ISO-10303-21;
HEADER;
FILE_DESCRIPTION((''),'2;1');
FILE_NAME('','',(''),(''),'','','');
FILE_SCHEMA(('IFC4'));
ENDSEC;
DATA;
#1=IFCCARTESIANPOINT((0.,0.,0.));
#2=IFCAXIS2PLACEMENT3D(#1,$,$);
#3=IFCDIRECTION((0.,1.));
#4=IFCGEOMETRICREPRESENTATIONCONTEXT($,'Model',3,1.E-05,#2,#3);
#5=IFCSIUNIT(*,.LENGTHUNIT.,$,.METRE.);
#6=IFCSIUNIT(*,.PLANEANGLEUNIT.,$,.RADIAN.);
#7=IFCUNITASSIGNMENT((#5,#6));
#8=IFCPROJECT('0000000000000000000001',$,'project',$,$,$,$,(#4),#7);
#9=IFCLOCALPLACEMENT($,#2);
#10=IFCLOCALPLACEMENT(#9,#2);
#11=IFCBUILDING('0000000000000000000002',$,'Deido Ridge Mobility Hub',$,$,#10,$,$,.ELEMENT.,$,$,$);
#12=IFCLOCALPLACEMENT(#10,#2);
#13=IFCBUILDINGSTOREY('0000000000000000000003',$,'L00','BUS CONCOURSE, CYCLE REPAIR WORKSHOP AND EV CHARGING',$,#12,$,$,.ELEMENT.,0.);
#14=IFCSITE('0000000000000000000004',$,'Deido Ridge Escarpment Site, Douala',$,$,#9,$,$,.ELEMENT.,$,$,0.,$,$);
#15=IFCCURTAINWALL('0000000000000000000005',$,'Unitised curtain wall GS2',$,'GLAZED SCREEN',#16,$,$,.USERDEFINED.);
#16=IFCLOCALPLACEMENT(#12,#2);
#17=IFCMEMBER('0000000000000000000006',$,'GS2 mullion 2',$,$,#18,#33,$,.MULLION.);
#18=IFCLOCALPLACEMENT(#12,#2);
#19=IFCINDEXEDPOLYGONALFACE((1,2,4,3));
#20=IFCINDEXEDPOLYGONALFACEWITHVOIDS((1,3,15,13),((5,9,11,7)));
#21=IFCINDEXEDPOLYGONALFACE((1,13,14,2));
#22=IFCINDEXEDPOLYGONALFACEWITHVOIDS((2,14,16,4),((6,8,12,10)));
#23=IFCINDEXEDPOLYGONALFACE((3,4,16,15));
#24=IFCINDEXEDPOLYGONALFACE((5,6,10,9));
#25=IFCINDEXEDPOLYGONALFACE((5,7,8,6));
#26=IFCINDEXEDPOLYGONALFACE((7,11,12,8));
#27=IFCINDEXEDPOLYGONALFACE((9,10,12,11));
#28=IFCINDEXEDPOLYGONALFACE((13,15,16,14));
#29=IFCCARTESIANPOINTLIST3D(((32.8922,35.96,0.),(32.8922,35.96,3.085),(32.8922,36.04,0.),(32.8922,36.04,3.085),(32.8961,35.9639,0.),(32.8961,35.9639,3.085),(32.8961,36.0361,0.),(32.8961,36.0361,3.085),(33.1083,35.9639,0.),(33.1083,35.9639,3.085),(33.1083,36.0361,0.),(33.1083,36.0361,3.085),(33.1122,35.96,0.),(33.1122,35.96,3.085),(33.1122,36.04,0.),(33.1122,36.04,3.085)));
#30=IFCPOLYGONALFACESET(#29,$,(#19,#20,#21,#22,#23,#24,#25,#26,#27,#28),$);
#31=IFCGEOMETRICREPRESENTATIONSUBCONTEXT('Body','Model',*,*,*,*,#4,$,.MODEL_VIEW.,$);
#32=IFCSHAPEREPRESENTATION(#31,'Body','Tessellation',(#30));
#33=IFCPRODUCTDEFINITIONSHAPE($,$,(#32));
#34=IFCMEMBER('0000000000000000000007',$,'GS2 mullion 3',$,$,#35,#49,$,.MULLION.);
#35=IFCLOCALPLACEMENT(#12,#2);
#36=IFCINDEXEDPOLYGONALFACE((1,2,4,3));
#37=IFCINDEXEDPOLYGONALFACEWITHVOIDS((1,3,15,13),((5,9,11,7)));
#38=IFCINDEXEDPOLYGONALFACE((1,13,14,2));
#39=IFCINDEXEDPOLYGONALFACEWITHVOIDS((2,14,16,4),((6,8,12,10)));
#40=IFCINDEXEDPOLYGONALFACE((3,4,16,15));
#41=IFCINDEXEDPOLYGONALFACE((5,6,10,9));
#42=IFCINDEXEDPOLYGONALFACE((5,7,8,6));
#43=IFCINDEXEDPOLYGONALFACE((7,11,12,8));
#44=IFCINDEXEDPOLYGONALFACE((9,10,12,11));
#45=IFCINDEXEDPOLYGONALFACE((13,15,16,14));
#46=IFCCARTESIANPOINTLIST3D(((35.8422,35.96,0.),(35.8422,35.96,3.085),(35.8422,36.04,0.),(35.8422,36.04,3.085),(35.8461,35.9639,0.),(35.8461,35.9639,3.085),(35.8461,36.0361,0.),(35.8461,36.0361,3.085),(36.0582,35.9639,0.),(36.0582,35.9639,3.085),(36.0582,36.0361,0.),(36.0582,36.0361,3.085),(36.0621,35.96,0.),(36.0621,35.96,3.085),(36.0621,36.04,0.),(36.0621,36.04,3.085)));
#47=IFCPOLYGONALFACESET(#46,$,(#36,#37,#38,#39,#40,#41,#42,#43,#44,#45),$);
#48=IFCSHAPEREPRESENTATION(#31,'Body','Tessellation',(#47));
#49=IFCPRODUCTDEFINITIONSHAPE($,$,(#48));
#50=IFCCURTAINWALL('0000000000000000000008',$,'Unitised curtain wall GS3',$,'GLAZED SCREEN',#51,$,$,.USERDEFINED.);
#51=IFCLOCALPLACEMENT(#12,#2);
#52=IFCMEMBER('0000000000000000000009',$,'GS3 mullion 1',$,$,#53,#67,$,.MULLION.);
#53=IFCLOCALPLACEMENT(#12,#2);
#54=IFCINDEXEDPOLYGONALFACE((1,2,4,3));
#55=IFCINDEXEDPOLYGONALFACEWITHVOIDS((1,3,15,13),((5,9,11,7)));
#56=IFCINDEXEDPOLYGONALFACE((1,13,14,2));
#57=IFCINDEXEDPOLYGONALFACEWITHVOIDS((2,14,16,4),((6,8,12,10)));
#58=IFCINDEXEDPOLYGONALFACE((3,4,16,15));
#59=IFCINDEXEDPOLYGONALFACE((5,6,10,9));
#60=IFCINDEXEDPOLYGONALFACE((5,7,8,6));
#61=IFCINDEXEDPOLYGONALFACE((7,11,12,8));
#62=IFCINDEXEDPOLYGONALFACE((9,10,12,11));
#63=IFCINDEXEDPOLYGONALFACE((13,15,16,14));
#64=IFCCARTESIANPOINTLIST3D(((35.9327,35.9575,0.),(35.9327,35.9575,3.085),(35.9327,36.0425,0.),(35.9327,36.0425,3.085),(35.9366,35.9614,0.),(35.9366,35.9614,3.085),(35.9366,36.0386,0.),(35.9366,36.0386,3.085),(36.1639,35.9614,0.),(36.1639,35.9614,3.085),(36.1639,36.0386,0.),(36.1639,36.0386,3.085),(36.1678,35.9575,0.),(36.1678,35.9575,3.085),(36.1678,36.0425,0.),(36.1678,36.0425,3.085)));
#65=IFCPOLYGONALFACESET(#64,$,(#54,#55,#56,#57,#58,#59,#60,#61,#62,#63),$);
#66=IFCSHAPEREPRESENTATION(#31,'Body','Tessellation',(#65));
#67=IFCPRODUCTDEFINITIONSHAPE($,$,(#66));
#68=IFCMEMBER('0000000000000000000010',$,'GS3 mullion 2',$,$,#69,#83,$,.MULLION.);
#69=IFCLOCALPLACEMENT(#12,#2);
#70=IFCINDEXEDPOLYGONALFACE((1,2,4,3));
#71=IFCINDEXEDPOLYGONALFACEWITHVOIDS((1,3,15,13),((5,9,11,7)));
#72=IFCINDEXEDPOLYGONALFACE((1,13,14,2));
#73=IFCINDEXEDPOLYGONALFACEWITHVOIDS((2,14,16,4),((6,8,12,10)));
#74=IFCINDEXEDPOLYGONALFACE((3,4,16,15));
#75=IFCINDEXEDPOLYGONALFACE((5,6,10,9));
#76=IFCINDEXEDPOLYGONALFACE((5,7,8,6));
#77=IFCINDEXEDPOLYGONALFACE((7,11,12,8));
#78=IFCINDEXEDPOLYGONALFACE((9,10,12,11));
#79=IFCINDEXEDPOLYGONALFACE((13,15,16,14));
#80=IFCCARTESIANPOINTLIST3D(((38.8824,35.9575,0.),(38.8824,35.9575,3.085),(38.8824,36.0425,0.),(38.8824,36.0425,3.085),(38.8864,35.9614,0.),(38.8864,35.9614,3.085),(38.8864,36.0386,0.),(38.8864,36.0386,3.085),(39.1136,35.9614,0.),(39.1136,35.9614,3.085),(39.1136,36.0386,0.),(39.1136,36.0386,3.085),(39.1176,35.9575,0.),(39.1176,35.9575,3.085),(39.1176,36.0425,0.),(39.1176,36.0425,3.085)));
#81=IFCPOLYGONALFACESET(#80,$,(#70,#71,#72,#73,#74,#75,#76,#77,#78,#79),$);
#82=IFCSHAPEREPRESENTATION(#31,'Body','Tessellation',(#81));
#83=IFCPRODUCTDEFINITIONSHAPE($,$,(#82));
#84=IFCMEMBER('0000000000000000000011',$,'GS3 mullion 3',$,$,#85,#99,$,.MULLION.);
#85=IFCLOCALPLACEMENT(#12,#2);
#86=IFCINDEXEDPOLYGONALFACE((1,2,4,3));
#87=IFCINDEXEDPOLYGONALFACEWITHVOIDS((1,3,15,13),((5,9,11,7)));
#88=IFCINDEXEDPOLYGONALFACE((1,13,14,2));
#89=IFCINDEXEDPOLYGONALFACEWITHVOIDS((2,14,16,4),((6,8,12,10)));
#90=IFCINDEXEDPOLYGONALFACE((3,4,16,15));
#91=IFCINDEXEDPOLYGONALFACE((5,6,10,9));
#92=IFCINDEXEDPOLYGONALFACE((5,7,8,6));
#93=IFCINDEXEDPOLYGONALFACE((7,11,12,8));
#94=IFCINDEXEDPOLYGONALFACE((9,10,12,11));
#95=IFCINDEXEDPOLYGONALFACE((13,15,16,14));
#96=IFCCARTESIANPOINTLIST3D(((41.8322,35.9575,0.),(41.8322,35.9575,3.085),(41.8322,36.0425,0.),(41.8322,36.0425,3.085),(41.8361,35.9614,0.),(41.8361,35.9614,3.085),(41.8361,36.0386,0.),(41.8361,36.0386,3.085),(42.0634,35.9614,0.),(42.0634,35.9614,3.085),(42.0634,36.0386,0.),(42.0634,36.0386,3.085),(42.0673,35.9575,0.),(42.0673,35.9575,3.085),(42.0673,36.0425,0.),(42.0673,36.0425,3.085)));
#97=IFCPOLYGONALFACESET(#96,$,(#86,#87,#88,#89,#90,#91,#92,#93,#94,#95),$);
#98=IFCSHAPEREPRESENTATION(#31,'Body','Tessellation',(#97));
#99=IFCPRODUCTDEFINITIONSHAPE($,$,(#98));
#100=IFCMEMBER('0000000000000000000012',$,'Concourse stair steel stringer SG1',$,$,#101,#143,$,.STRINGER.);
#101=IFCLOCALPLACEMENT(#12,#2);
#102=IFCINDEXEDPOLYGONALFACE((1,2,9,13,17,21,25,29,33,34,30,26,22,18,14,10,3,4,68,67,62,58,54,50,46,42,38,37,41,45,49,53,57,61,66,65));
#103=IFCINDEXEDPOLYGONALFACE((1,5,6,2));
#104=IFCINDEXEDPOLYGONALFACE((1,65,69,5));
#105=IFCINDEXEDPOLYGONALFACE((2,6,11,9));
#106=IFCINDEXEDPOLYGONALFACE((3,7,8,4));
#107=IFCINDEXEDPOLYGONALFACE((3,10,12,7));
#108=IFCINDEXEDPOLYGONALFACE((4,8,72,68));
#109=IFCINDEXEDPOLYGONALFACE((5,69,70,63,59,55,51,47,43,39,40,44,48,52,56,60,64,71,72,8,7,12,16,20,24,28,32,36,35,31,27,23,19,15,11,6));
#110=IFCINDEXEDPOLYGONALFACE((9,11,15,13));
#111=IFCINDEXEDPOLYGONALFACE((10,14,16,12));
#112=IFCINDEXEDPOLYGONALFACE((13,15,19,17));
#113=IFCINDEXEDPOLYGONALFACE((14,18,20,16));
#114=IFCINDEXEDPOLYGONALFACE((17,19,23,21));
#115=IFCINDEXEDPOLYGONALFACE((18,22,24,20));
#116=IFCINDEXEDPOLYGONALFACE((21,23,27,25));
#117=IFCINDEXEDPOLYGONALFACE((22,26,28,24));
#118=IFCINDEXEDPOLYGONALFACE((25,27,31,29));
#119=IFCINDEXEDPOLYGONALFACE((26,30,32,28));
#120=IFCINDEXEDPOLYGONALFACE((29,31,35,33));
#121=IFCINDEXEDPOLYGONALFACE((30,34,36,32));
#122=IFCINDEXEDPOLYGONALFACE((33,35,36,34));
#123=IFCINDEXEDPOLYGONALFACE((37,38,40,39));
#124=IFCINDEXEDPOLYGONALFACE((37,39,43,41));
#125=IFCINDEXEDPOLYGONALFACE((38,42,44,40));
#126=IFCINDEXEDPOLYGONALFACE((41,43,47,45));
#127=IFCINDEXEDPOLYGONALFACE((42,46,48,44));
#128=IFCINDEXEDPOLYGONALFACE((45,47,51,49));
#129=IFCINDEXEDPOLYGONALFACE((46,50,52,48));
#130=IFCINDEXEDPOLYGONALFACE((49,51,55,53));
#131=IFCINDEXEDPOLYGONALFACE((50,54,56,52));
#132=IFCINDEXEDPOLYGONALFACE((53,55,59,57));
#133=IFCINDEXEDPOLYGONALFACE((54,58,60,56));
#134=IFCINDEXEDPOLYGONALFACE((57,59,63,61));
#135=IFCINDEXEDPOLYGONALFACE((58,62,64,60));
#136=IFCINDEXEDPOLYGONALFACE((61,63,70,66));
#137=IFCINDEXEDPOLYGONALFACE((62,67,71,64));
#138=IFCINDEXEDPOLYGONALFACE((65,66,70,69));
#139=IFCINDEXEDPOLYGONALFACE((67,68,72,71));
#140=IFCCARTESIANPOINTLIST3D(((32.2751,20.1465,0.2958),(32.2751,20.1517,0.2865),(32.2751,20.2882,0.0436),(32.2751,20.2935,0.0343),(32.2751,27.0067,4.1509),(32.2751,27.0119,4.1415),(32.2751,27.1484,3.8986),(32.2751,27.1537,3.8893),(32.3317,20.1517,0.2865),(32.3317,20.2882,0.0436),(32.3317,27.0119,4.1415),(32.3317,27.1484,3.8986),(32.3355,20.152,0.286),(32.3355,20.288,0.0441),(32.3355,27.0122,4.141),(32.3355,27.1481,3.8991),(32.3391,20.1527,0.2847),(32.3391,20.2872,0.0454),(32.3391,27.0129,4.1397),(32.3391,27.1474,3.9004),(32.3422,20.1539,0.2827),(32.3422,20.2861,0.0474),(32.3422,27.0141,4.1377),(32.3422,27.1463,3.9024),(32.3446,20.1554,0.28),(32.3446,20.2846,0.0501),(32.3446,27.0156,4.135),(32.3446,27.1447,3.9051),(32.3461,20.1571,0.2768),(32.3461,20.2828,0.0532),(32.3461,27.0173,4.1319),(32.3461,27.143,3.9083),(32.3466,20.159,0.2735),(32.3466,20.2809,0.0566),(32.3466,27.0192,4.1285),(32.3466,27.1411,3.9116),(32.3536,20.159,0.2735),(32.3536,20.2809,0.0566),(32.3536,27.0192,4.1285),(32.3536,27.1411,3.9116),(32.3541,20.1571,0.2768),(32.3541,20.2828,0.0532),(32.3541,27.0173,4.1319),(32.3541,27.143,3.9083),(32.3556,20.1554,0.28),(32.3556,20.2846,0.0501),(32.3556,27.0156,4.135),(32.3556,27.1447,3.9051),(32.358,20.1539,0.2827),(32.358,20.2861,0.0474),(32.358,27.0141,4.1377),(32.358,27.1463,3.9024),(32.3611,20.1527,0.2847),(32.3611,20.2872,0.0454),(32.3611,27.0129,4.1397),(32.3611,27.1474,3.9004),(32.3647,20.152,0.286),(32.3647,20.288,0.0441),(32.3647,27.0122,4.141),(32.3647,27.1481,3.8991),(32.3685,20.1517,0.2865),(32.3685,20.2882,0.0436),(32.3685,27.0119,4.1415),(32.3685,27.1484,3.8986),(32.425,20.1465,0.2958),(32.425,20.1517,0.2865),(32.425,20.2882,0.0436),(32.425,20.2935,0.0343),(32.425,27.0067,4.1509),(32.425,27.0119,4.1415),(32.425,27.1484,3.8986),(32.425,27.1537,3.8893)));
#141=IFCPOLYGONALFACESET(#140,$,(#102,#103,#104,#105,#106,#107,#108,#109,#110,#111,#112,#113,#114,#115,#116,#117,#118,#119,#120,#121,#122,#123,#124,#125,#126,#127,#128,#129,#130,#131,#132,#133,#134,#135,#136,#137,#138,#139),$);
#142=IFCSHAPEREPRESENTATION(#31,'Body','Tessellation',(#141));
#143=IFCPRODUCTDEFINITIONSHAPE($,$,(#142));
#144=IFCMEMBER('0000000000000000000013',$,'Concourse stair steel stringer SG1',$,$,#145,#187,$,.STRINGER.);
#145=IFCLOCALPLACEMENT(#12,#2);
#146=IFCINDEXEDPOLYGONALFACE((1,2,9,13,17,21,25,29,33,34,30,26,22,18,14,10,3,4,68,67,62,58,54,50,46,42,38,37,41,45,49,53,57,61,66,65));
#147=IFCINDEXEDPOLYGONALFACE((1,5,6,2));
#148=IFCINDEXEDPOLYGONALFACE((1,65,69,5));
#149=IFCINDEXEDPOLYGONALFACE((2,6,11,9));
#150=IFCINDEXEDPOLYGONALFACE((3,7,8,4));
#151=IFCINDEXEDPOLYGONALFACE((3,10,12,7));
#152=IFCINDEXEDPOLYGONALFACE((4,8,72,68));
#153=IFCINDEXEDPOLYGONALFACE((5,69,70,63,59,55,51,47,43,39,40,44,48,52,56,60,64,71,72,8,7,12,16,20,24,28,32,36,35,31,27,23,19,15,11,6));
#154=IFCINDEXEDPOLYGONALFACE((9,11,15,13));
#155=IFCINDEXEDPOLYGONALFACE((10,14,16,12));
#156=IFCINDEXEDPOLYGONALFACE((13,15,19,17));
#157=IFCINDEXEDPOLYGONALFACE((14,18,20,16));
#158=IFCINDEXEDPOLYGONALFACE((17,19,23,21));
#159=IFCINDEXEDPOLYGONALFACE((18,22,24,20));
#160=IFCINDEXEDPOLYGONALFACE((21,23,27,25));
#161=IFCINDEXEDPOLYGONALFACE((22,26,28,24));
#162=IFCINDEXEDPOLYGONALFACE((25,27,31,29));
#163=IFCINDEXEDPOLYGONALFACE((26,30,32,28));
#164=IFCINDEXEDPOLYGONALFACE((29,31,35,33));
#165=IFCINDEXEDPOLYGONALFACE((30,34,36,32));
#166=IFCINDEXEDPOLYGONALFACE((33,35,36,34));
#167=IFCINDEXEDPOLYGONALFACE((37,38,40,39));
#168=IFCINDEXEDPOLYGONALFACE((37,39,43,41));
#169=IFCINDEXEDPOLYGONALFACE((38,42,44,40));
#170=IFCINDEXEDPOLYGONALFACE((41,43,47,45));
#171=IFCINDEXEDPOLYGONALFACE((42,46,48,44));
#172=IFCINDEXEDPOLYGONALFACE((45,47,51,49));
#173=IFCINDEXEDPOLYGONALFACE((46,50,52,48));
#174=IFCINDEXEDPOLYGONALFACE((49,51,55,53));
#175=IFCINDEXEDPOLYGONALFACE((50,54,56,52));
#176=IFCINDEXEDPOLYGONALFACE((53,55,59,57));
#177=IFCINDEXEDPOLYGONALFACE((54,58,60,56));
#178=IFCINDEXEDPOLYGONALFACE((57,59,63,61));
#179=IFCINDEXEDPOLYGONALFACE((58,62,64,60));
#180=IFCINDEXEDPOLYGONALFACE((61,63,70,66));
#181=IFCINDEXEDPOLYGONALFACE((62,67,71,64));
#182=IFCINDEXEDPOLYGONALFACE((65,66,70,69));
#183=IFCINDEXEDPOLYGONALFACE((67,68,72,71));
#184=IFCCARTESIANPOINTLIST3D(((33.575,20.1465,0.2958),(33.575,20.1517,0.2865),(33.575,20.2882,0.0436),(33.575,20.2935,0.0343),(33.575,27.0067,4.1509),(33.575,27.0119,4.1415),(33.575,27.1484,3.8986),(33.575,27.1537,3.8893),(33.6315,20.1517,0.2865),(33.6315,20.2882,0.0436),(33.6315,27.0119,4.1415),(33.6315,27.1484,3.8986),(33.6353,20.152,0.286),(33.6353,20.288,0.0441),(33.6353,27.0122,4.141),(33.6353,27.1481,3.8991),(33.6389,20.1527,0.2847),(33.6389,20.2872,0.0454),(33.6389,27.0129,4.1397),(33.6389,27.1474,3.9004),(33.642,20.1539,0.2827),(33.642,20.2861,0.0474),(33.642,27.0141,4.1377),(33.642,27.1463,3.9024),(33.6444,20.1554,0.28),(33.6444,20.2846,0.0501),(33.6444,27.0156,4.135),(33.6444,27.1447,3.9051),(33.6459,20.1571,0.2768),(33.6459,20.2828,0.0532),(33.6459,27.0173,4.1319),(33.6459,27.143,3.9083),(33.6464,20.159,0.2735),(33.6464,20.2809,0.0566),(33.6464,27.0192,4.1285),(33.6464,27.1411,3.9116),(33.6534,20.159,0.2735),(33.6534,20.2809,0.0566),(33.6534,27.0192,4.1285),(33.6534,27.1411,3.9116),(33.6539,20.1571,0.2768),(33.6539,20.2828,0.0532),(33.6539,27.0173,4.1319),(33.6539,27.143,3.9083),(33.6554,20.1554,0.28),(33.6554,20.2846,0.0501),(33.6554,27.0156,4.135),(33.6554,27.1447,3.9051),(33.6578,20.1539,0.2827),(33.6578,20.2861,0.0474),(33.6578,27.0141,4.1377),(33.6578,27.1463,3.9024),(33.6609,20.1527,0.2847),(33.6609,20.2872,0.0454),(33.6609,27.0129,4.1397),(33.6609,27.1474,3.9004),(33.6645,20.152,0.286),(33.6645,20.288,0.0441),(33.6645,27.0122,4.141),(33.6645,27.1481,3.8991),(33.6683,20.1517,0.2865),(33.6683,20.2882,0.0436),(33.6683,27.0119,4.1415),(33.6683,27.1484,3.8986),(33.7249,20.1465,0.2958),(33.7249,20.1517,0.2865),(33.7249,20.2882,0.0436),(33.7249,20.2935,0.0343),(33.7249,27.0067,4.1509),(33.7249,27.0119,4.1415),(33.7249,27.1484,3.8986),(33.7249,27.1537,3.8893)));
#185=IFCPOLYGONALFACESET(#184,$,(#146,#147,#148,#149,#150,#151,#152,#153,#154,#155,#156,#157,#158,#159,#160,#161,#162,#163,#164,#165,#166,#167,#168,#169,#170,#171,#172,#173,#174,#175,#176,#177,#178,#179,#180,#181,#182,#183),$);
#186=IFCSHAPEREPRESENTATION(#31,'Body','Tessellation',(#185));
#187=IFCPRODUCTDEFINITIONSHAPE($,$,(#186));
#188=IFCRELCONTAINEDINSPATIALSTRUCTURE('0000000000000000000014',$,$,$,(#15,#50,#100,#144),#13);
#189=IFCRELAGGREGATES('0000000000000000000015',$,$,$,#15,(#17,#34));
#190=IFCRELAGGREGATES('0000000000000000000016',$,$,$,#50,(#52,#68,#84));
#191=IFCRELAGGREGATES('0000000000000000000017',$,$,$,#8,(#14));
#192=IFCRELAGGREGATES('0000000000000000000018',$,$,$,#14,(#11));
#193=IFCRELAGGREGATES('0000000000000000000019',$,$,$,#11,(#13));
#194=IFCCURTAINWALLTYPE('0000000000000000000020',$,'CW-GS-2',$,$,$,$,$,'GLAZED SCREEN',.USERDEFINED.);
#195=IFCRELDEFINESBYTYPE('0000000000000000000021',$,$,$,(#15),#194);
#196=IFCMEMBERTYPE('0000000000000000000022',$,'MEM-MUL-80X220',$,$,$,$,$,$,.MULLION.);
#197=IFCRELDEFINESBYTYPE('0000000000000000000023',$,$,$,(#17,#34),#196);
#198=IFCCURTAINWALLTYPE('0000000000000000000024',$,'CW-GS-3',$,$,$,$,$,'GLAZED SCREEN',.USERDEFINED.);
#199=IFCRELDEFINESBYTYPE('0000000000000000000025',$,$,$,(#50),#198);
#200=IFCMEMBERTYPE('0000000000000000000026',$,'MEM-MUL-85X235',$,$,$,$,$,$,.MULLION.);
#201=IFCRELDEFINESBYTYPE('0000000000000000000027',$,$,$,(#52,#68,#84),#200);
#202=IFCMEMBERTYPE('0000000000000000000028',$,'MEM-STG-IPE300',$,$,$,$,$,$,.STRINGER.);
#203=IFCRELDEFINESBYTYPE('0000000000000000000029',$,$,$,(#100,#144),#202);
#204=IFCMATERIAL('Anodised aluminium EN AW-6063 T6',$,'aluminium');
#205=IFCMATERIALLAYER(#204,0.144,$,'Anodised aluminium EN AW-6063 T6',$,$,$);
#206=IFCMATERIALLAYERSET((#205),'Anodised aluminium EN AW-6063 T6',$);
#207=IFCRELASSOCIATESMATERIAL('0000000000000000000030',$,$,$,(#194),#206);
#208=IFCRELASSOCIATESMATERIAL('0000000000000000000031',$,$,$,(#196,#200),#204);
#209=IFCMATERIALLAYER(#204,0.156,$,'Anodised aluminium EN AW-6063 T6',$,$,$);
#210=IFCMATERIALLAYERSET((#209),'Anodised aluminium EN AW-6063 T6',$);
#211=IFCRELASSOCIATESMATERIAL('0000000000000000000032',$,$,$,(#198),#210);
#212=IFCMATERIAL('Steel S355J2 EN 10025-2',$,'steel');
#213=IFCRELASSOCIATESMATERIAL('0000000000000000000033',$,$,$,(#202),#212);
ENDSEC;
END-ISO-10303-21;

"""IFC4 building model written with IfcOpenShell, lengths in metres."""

from ifc_helpers import new_model, si_unit, direction, frame, origin, origin_2d, place, context, subcontext, project, spatial, hollow_rectangle, i_section, extrude, material, layer, layer_set, material_profile, profile_set, type_object, element, aggregate, save


model = new_model("IFC4")

# Units and contexts
model_context = context("Model", 3, precision=1e-05, world=origin(), true_north=direction((0.0, 1.0)))
body_context = subcontext(model_context, "Body", "Model", "MODEL_VIEW")
ifc_project = project(units=[si_unit("LENGTHUNIT", "METRE"), si_unit("PLANEANGLEUNIT", "RADIAN")], contexts=[model_context])

# Site, building, storey
site_placement = place(None, origin())
site = spatial("IfcSite", under=ifc_project, at=site_placement, Name="Deido Ridge Escarpment Site, Douala", CompositionType="ELEMENT", RefElevation=0.0)
building_placement = place(site_placement, origin())
building = spatial("IfcBuilding", under=site, at=building_placement, Name="Deido Ridge Mobility Hub", CompositionType="ELEMENT")
storey_placement = place(building_placement, origin())
storey = spatial("IfcBuildingStorey", under=building, at=storey_placement, Name="L00", Description="BUS CONCOURSE, CYCLE REPAIR WORKSHOP AND EV CHARGING", CompositionType="ELEMENT", Elevation=0.0)

# Shared definitions
ifc_material_1 = material(Name="Steel S355J2 EN 10025-2", Category="steel")

# Curtain walls, members
ifc_material_2 = material(Name="Anodised aluminium EN AW-6063 T6", Category="aluminium")
ifc_layer_1 = layer(ifc_material_2, 0.144, Name="Anodised aluminium EN AW-6063 T6")
ifc_layer_set_1 = layer_set([ifc_layer_1], Name="Anodised aluminium EN AW-6063 T6")
curtain_wall_type_1 = type_object("IfcCurtainWallType", Name="CW-GS-2", ElementType="GLAZED SCREEN", PredefinedType="USERDEFINED", material=ifc_layer_set_1)
curtain_wall_1_placement = place(storey_placement, origin())
curtain_wall_1 = element("IfcCurtainWall", 1, at=curtain_wall_1_placement, inside=storey, type_object=curtain_wall_type_1, Name="Unitised curtain wall GS2", ObjectType="GLAZED SCREEN", PredefinedType="USERDEFINED")
ifc_material_profile_1 = material_profile(ifc_material_2, hollow_rectangle(XDim=0.0801, YDim=0.22, WallThickness=0.0039, at=origin_2d()), Name="RHS 80x220x4")
ifc_profile_set_1 = profile_set([ifc_material_profile_1], Name="Anodised aluminium EN AW-6063 T6")
member_type_1 = type_object("IfcMemberType", Name="MEM-MUL-80X220", PredefinedType="MULLION", material=ifc_profile_set_1)
member_1_placement = place(storey_placement, frame((33.0022, 36.0, 0.0), z_axis=(0.0, 0.0, 1.0), x_axis=(0.0, 1.0, 0.0)))
member_1 = element("IfcMember", 2, at=member_1_placement, type_object=member_type_1, Name="GS2 mullion 2", PredefinedType="MULLION", context=body_context, shape_type="SweptSolid", body=[
    extrude(hollow_rectangle(XDim=0.0801, YDim=0.22, WallThickness=0.0039, at=origin_2d()), origin(), (0.0, 0.0, 1.0), 3.085),
])
member_2_placement = place(storey_placement, frame((35.9521, 36.0, 0.0), z_axis=(0.0, 0.0, 1.0), x_axis=(0.0, 1.0, 0.0)))
member_2 = element("IfcMember", 3, at=member_2_placement, type_object=member_type_1, Name="GS2 mullion 3", PredefinedType="MULLION", context=body_context, shape_type="SweptSolid", body=[
    extrude(hollow_rectangle(XDim=0.0801, YDim=0.22, WallThickness=0.0039, at=origin_2d()), origin(), (0.0, 0.0, 1.0), 3.085),
])
ifc_layer_2 = layer(ifc_material_2, 0.156, Name="Anodised aluminium EN AW-6063 T6")
ifc_layer_set_2 = layer_set([ifc_layer_2], Name="Anodised aluminium EN AW-6063 T6")
curtain_wall_type_2 = type_object("IfcCurtainWallType", Name="CW-GS-3", ElementType="GLAZED SCREEN", PredefinedType="USERDEFINED", material=ifc_layer_set_2)
curtain_wall_2_placement = place(storey_placement, origin())
curtain_wall_2 = element("IfcCurtainWall", 4, at=curtain_wall_2_placement, inside=storey, type_object=curtain_wall_type_2, Name="Unitised curtain wall GS3", ObjectType="GLAZED SCREEN", PredefinedType="USERDEFINED")
ifc_material_profile_2 = material_profile(ifc_material_2, hollow_rectangle(XDim=0.085, YDim=0.2351, WallThickness=0.0039, at=origin_2d()), Name="RHS 85x235x4")
ifc_profile_set_2 = profile_set([ifc_material_profile_2], Name="Anodised aluminium EN AW-6063 T6")
member_type_2 = type_object("IfcMemberType", Name="MEM-MUL-85X235", PredefinedType="MULLION", material=ifc_profile_set_2)
member_3_placement = place(storey_placement, frame((36.0503, 36.0, 0.0), z_axis=(0.0, 0.0, 1.0), x_axis=(0.0, 1.0, 0.0)))
member_3 = element("IfcMember", 5, at=member_3_placement, type_object=member_type_2, Name="GS3 mullion 1", PredefinedType="MULLION", context=body_context, shape_type="SweptSolid", body=[
    extrude(hollow_rectangle(XDim=0.085, YDim=0.2351, WallThickness=0.0039, at=origin_2d()), origin(), (0.0, 0.0, 1.0), 3.085),
])
member_4_placement = place(storey_placement, frame((39.0, 36.0, 0.0), z_axis=(0.0, 0.0, 1.0), x_axis=(0.0, 1.0, 0.0)))
member_4 = element("IfcMember", 6, at=member_4_placement, type_object=member_type_2, Name="GS3 mullion 2", PredefinedType="MULLION", context=body_context, shape_type="SweptSolid", body=[
    extrude(hollow_rectangle(XDim=0.085, YDim=0.2351, WallThickness=0.0039, at=origin_2d()), origin(), (0.0, 0.0, 1.0), 3.085),
])
member_5_placement = place(storey_placement, frame((41.9497, 36.0, 0.0), z_axis=(0.0, 0.0, 1.0), x_axis=(0.0, 1.0, 0.0)))
member_5 = element("IfcMember", 7, at=member_5_placement, type_object=member_type_2, Name="GS3 mullion 3", PredefinedType="MULLION", context=body_context, shape_type="SweptSolid", body=[
    extrude(hollow_rectangle(XDim=0.085, YDim=0.2351, WallThickness=0.0039, at=origin_2d()), origin(), (0.0, 0.0, 1.0), 3.085),
])

# Members
ifc_material_profile_3 = material_profile(ifc_material_1, i_section(OverallWidth=0.1499, OverallDepth=0.3, WebThickness=0.0071, FlangeThickness=0.0107, FilletRadius=0.0149, at=origin_2d()), Name="IPE 300")
ifc_profile_set_3 = profile_set([ifc_material_profile_3], Name="Steel S355J2 EN 10025-2")
member_type_3 = type_object("IfcMemberType", Name="MEM-STG-IPE300", PredefinedType="STRINGER", material=ifc_profile_set_3)
for number, where, z_axis, x_axis, name in (
    (8, (32.3501, 20.22, 0.165), (0.0, 0.871783, 0.489891), (-1.0, 0.0, 0.0), "Concourse stair steel stringer SG1"),
    (9, (33.6499, 20.22, 0.165), (0.0, 0.871783, 0.489891), (-1.0, 0.0, 0.0), "Concourse stair steel stringer SG1"),
):
    element("IfcMember", number, at=place(storey_placement, frame(where, z_axis=z_axis, x_axis=x_axis)), inside=storey, type_object=member_type_3, Name=name, PredefinedType="STRINGER", context=body_context, shape_type="SweptSolid", body=[
        extrude(i_section(OverallWidth=0.1499, OverallDepth=0.3, WebThickness=0.0071, FlangeThickness=0.0107, FilletRadius=0.0149, at=origin_2d()), origin(), (0.0, 0.0, 1.0), 7.8691),
    ])

aggregate(curtain_wall_1, [member_1, member_2])
aggregate(curtain_wall_2, [member_3, member_4, member_5])

save(model, "model.ifc")
